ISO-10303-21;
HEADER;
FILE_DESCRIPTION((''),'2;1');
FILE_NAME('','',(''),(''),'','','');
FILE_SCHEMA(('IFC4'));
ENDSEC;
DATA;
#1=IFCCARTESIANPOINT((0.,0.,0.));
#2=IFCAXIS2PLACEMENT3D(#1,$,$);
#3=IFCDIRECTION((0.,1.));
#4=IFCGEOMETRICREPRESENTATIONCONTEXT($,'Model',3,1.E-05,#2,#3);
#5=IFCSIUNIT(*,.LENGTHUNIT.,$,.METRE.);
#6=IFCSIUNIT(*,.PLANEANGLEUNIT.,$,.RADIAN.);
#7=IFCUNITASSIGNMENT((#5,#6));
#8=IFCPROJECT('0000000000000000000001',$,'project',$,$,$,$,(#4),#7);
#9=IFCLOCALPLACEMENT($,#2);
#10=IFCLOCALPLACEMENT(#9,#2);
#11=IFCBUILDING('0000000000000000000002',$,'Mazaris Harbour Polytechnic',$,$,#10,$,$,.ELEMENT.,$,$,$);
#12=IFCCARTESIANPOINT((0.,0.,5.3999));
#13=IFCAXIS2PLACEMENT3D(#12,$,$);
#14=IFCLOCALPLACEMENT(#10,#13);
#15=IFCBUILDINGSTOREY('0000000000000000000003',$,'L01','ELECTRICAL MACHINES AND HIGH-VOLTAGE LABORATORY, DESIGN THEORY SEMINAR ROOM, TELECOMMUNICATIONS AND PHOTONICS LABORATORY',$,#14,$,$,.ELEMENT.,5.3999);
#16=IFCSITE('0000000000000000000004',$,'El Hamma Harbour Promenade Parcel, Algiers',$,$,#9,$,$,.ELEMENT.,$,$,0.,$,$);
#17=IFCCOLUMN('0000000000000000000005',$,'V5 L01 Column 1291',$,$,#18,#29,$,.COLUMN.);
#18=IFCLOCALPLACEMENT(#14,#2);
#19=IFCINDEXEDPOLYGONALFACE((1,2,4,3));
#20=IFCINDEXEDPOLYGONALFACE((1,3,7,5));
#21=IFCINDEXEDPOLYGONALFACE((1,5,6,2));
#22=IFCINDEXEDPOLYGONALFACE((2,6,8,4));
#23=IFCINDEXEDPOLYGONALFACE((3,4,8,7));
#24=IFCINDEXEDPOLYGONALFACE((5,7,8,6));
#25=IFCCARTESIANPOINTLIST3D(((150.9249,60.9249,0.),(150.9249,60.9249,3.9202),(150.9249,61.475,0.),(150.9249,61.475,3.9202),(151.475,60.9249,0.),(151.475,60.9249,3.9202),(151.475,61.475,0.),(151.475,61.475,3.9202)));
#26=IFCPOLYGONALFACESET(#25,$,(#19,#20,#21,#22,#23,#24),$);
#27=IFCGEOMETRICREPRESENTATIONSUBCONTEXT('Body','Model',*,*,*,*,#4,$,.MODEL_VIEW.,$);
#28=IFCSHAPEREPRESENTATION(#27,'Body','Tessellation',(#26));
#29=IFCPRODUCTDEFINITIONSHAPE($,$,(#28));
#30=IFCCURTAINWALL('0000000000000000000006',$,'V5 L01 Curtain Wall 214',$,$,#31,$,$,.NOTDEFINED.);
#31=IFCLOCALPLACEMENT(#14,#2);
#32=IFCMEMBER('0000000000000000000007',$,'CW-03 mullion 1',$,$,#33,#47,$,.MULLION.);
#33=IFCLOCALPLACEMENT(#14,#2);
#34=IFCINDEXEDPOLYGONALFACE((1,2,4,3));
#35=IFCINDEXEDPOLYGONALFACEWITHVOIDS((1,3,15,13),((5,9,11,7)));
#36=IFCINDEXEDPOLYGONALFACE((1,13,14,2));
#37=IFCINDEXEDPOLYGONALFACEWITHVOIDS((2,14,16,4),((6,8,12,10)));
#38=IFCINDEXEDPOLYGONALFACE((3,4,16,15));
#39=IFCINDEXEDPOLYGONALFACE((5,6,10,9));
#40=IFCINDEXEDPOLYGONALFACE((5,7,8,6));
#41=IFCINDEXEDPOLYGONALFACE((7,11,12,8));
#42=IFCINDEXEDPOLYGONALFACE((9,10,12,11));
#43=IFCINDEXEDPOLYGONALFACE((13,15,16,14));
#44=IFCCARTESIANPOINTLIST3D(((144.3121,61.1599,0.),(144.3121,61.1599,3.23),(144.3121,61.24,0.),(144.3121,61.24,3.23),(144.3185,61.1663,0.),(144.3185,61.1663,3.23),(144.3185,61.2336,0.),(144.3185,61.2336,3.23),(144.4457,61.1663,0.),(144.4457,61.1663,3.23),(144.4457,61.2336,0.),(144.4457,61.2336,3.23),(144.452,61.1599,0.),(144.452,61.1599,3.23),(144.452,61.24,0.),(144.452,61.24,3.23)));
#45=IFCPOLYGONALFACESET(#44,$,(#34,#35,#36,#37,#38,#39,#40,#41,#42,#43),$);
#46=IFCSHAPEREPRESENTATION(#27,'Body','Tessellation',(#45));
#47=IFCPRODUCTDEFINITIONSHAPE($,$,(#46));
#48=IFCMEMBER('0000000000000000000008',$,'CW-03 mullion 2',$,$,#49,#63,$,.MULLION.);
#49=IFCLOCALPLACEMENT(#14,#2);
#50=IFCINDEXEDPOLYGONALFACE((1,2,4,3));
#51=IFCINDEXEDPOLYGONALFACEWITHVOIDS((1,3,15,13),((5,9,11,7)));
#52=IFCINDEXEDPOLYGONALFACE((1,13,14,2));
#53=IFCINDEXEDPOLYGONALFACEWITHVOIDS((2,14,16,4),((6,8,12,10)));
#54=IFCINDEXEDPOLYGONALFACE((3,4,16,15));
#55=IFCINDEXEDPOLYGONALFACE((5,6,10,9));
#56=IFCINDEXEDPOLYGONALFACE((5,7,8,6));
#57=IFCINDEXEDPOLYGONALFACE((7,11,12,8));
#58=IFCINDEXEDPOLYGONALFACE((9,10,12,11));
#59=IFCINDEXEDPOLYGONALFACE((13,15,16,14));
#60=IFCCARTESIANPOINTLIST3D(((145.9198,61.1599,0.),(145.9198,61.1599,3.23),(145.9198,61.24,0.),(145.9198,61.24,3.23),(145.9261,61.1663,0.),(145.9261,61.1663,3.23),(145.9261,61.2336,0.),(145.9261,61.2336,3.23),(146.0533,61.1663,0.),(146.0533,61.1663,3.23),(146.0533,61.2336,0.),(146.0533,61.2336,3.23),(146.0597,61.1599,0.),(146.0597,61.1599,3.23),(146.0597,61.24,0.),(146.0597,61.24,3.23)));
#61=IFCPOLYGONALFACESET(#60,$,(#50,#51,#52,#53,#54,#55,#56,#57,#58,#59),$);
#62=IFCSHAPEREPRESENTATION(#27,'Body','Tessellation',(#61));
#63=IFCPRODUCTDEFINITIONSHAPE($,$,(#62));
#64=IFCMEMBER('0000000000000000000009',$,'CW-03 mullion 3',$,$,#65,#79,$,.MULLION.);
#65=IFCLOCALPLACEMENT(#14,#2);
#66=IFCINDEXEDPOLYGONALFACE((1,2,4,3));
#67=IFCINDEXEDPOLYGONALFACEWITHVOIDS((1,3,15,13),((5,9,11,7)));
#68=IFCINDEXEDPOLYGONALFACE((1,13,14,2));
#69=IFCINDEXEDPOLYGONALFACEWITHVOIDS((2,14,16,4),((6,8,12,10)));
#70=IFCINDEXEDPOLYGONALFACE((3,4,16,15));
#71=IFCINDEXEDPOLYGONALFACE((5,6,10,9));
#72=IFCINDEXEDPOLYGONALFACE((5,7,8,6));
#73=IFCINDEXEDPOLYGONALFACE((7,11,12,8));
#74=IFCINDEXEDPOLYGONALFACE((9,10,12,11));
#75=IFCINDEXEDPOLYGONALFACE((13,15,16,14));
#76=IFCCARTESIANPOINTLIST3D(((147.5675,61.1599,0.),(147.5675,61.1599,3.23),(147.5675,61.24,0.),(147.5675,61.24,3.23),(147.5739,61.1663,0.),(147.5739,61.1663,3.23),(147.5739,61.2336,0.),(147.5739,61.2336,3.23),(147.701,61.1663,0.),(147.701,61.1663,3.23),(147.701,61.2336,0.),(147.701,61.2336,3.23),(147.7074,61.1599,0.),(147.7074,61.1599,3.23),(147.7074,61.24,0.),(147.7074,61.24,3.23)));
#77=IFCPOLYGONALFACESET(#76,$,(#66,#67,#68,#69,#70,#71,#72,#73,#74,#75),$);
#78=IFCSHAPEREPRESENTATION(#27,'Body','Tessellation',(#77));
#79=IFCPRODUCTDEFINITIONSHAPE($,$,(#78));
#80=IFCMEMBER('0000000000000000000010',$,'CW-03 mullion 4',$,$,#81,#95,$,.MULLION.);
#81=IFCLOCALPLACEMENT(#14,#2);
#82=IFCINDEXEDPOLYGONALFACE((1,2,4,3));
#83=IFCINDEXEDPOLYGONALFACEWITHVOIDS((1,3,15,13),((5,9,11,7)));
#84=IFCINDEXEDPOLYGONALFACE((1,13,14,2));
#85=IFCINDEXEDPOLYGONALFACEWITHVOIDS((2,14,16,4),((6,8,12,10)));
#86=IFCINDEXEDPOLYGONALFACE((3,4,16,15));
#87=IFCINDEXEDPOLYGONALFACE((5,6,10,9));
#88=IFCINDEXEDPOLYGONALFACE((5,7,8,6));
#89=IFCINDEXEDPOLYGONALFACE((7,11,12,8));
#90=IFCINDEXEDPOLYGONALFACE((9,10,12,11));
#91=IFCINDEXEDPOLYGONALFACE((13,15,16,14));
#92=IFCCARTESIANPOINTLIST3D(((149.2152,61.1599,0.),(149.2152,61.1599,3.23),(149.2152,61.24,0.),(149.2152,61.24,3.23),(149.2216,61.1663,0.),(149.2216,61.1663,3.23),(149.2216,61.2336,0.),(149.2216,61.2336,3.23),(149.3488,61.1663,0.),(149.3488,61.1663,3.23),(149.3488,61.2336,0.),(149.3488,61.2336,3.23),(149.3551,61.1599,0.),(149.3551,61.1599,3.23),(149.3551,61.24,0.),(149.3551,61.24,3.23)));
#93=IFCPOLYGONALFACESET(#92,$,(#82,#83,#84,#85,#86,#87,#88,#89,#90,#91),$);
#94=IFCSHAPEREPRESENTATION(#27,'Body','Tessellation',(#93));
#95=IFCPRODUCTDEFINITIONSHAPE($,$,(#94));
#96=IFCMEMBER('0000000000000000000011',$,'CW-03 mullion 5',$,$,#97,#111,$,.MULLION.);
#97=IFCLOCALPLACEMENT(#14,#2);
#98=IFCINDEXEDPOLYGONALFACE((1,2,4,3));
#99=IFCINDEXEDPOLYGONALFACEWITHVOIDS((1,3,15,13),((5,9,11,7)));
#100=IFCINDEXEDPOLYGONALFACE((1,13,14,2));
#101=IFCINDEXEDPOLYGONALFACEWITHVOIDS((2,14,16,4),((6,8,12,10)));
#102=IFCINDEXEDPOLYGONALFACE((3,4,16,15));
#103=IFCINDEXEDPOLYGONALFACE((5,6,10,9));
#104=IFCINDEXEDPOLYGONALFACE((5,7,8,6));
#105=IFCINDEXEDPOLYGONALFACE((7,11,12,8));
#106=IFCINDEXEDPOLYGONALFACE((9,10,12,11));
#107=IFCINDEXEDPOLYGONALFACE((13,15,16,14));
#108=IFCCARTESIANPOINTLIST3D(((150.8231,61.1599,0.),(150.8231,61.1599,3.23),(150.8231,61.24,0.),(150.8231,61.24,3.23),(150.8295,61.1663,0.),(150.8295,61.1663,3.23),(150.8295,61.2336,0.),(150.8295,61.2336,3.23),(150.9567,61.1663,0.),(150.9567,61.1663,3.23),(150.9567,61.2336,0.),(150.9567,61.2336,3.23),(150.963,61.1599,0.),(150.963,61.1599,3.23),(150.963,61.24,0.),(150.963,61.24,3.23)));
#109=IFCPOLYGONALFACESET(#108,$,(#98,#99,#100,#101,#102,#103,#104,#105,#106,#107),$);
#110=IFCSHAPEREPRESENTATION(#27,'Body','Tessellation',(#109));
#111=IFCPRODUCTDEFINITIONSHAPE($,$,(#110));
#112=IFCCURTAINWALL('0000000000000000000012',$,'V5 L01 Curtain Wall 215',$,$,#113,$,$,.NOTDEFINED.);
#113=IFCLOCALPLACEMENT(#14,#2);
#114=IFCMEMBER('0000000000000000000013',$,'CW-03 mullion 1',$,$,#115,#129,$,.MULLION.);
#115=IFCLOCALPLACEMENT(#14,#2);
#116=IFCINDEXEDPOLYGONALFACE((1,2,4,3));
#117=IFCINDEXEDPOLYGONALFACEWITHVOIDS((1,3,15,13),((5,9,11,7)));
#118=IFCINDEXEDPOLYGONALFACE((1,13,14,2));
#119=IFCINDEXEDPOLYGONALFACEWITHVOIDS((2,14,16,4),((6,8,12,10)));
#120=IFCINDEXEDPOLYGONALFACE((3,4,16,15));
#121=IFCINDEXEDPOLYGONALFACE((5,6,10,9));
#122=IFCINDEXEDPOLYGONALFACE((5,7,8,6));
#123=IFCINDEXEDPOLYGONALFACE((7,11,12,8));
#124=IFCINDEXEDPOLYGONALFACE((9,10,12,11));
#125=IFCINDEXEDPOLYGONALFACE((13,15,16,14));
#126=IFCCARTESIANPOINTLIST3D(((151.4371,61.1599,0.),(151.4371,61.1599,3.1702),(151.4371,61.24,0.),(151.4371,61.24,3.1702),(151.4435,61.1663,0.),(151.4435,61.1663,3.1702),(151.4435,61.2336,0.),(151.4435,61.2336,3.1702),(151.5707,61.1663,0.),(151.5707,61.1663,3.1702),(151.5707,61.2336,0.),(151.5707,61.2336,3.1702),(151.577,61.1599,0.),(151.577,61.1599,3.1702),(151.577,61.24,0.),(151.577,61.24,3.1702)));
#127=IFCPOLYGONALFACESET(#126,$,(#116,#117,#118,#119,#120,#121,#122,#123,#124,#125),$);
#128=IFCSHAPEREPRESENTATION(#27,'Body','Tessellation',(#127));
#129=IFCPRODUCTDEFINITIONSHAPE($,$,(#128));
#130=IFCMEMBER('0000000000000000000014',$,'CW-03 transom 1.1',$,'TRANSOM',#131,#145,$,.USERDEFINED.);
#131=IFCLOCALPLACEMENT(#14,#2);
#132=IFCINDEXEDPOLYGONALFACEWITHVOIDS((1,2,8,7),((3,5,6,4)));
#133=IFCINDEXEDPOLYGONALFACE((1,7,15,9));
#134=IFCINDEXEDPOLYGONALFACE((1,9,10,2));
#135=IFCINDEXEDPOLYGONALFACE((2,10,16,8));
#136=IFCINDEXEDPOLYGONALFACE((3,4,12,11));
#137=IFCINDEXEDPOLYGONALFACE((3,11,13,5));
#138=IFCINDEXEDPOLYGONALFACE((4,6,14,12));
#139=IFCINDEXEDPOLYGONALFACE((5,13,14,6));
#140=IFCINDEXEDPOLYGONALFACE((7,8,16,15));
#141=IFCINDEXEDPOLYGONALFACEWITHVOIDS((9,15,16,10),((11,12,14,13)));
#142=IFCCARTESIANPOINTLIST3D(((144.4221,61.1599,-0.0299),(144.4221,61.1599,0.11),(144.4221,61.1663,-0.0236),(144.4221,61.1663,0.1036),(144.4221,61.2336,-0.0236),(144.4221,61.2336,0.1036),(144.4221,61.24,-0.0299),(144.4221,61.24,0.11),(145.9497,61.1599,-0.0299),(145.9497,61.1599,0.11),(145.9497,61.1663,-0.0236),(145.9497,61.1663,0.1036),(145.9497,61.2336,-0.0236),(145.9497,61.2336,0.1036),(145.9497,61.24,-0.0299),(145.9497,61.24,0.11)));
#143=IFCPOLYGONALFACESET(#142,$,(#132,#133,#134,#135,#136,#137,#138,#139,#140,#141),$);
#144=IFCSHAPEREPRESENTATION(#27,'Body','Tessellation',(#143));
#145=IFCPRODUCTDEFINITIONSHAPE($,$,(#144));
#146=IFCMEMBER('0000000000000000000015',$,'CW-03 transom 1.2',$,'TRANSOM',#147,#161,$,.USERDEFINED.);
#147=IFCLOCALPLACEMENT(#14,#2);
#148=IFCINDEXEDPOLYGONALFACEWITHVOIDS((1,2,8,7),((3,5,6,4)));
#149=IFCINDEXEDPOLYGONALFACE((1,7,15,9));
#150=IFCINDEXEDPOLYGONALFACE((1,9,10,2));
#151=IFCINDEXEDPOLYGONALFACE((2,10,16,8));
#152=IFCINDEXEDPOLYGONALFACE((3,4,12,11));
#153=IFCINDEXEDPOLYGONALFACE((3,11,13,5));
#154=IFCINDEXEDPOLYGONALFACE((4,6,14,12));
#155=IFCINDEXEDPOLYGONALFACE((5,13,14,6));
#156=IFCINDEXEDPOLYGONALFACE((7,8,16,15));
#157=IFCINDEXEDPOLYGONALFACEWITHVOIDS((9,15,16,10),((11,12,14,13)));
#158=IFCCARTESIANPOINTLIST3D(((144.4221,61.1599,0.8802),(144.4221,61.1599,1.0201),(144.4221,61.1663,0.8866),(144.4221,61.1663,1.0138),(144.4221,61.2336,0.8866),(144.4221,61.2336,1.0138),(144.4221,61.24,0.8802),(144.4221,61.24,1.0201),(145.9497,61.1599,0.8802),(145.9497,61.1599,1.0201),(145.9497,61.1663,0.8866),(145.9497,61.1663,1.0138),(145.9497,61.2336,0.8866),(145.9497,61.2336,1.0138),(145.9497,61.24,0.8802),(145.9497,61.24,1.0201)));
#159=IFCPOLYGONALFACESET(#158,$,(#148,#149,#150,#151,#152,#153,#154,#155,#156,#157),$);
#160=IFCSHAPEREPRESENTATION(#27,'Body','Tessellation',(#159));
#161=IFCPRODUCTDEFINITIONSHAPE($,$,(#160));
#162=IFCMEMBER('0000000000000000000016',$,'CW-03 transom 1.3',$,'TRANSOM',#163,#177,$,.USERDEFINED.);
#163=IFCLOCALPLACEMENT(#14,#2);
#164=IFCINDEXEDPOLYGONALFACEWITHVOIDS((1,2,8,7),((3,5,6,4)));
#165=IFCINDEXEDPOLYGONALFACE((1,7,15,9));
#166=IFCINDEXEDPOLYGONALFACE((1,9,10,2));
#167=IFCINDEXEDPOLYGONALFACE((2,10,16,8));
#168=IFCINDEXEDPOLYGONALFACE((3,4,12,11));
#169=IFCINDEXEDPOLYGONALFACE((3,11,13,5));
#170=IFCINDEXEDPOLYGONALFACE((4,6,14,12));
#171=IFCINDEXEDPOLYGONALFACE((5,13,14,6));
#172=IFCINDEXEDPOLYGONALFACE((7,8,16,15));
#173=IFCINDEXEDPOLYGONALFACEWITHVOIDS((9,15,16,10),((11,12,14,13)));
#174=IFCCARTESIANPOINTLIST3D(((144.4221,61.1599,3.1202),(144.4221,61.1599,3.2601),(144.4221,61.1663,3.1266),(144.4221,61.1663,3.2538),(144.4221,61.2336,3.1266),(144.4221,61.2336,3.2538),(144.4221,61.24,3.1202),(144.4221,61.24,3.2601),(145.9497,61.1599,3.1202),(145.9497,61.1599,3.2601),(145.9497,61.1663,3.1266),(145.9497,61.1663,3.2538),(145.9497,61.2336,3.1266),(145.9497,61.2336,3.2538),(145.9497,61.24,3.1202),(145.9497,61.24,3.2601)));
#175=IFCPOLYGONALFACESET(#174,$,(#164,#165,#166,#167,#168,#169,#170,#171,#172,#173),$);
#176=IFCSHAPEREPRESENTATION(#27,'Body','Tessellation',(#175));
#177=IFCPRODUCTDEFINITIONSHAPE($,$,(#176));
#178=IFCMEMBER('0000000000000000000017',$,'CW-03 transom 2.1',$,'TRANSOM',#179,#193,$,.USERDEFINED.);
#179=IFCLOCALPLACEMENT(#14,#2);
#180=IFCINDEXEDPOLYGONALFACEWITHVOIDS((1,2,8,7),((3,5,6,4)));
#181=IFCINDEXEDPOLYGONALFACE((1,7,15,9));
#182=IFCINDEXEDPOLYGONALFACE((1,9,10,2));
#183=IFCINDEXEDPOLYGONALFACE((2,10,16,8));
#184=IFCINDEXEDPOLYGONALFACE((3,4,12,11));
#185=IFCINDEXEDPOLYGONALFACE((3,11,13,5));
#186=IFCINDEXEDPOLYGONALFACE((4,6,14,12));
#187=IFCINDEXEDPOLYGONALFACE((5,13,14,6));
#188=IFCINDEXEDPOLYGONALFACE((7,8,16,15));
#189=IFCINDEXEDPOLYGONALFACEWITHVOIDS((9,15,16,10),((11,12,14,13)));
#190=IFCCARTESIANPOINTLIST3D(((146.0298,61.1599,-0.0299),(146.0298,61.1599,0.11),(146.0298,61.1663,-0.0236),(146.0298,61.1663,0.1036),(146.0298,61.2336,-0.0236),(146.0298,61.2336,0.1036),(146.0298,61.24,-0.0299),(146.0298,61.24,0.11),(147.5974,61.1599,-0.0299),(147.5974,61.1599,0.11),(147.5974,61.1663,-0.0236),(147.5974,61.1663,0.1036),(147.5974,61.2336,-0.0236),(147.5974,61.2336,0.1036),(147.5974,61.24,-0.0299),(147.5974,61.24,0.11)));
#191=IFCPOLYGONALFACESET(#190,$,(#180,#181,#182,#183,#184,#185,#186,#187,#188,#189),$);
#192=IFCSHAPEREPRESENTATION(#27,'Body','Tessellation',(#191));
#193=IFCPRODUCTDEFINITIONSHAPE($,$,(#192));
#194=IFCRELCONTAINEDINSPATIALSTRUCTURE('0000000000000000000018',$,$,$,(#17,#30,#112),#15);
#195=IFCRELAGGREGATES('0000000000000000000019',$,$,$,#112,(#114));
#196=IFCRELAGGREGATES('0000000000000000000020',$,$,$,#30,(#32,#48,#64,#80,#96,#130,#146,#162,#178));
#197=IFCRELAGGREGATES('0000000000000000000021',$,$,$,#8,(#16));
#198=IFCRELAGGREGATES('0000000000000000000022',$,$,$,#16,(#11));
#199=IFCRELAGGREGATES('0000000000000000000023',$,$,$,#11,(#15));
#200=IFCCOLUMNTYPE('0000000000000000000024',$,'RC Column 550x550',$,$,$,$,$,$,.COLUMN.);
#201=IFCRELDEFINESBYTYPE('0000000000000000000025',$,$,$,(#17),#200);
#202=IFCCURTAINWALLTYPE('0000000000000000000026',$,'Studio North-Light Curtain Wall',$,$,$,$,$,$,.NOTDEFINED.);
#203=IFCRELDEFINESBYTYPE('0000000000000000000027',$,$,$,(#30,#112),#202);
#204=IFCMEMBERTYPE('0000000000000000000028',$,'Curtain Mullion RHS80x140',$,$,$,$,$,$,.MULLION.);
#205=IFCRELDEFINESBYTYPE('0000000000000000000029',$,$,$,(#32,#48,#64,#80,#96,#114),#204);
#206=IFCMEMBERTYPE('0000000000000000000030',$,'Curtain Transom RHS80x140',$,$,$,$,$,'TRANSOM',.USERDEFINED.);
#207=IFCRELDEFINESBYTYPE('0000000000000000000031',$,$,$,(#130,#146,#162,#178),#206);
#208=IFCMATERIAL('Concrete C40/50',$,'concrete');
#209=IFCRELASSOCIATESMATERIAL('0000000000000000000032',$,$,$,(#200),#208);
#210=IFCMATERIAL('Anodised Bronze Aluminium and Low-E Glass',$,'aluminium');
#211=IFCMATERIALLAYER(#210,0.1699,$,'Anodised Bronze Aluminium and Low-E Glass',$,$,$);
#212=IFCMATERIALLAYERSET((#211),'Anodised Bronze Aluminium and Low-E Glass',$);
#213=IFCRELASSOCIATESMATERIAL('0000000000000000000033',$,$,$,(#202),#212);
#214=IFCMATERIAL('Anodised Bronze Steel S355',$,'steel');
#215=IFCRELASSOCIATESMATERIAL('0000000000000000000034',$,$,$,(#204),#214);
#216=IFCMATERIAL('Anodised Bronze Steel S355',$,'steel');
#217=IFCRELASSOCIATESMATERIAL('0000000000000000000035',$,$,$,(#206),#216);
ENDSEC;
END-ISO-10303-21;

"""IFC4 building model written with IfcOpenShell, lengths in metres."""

from ifc_helpers import new_model, si_unit, direction, frame, origin, origin_2d, place, context, subcontext, project, spatial, rectangle, hollow_rectangle, extrude, material, layer, layer_set, material_profile, profile_set, type_object, element, aggregate, save


model = new_model("IFC4")

# Units and contexts
model_context = context("Model", 3, precision=1e-05, world=origin(), true_north=direction((0.0, 1.0)))
body_context = subcontext(model_context, "Body", "Model", "MODEL_VIEW")
ifc_project = project(units=[si_unit("LENGTHUNIT", "METRE"), si_unit("PLANEANGLEUNIT", "RADIAN")], contexts=[model_context])

# Site, building, storey
site_placement = place(None, origin())
site = spatial("IfcSite", under=ifc_project, at=site_placement, Name="El Hamma Harbour Promenade Parcel, Algiers", CompositionType="ELEMENT", RefElevation=0.0)
building_placement = place(site_placement, origin())
building = spatial("IfcBuilding", under=site, at=building_placement, Name="Mazaris Harbour Polytechnic", CompositionType="ELEMENT")
storey_placement = place(building_placement, frame((0.0, 0.0, 5.3999)))
storey = spatial("IfcBuildingStorey", under=building, at=storey_placement, Name="L01", Description="ELECTRICAL MACHINES AND HIGH-VOLTAGE LABORATORY, DESIGN THEORY SEMINAR ROOM, TELECOMMUNICATIONS AND PHOTONICS LABORATORY", CompositionType="ELEMENT", Elevation=5.3999)

# Column
ifc_material_1 = material(Name="Concrete C40/50", Category="concrete")
ifc_material_profile_1 = material_profile(ifc_material_1, rectangle(XDim=0.55, YDim=0.55, at=origin_2d()), Name="RECT550x550")
ifc_profile_set_1 = profile_set([ifc_material_profile_1], Name="Concrete C40/50")
column_type = type_object("IfcColumnType", Name="RC Column 550x550", PredefinedType="COLUMN", material=ifc_profile_set_1)
column_placement = place(storey_placement, frame((151.2, 61.2, 0.0), z_axis=(0.0, 0.0, 1.0), x_axis=(1.0, 0.0, 0.0)))
element("IfcColumn", 1, at=column_placement, inside=storey, type_object=column_type, Name="V5 L01 Column 1291", PredefinedType="COLUMN", context=body_context, shape_type="SweptSolid", body=[
    extrude(rectangle(XDim=0.55, YDim=0.55, at=origin_2d()), origin(), (0.0, 0.0, 1.0), 3.9202),
])

# Curtain wall, members
ifc_material_2 = material(Name="Anodised Bronze Aluminium and Low-E Glass", Category="aluminium")
ifc_layer_1 = layer(ifc_material_2, 0.1699, Name="Anodised Bronze Aluminium and Low-E Glass")
ifc_layer_set_1 = layer_set([ifc_layer_1], Name="Anodised Bronze Aluminium and Low-E Glass")
curtain_wall_type = type_object("IfcCurtainWallType", Name="Studio North-Light Curtain Wall", PredefinedType="NOTDEFINED", material=ifc_layer_set_1)
curtain_wall_1_placement = place(storey_placement, origin())
curtain_wall_1 = element("IfcCurtainWall", 2, at=curtain_wall_1_placement, inside=storey, type_object=curtain_wall_type, Name="V5 L01 Curtain Wall 214", PredefinedType="NOTDEFINED")
ifc_material_3 = material(Name="Anodised Bronze Steel S355", Category="steel")
ifc_material_profile_2 = material_profile(ifc_material_3, hollow_rectangle(XDim=0.0801, YDim=0.1399, WallThickness=0.0063, at=origin_2d()), Name="RHS 80x140x6.3")
ifc_profile_set_2 = profile_set([ifc_material_profile_2], Name="Anodised Bronze Steel S355")
member_type_1 = type_object("IfcMemberType", Name="Curtain Mullion RHS80x140", PredefinedType="MULLION", material=ifc_profile_set_2)
member_1_placement = place(storey_placement, frame((144.3821, 61.2, 0.0), z_axis=(0.0, 0.0, 1.0), x_axis=(0.0, 1.0, 0.0)))
member_1 = element("IfcMember", 3, at=member_1_placement, type_object=member_type_1, Name="CW-03 mullion 1", PredefinedType="MULLION", context=body_context, shape_type="SweptSolid", body=[
    extrude(hollow_rectangle(XDim=0.0801, YDim=0.1399, WallThickness=0.0063, at=origin_2d()), origin(), (0.0, 0.0, 1.0), 3.23),
])
member_2_placement = place(storey_placement, frame((145.9897, 61.2, 0.0), z_axis=(0.0, 0.0, 1.0), x_axis=(0.0, 1.0, 0.0)))
member_2 = element("IfcMember", 4, at=member_2_placement, type_object=member_type_1, Name="CW-03 mullion 2", PredefinedType="MULLION", context=body_context, shape_type="SweptSolid", body=[
    extrude(hollow_rectangle(XDim=0.0801, YDim=0.1399, WallThickness=0.0063, at=origin_2d()), origin(), (0.0, 0.0, 1.0), 3.23),
])
member_3_placement = place(storey_placement, frame((147.6375, 61.2, 0.0), z_axis=(0.0, 0.0, 1.0), x_axis=(0.0, 1.0, 0.0)))
member_3 = element("IfcMember", 5, at=member_3_placement, type_object=member_type_1, Name="CW-03 mullion 3", PredefinedType="MULLION", context=body_context, shape_type="SweptSolid", body=[
    extrude(hollow_rectangle(XDim=0.0801, YDim=0.1399, WallThickness=0.0063, at=origin_2d()), origin(), (0.0, 0.0, 1.0), 3.23),
])
member_4_placement = place(storey_placement, frame((149.2852, 61.2, 0.0), z_axis=(0.0, 0.0, 1.0), x_axis=(0.0, 1.0, 0.0)))
member_4 = element("IfcMember", 6, at=member_4_placement, type_object=member_type_1, Name="CW-03 mullion 4", PredefinedType="MULLION", context=body_context, shape_type="SweptSolid", body=[
    extrude(hollow_rectangle(XDim=0.0801, YDim=0.1399, WallThickness=0.0063, at=origin_2d()), origin(), (0.0, 0.0, 1.0), 3.23),
])
member_5_placement = place(storey_placement, frame((150.8931, 61.2, 0.0), z_axis=(0.0, 0.0, 1.0), x_axis=(0.0, 1.0, 0.0)))
member_5 = element("IfcMember", 7, at=member_5_placement, type_object=member_type_1, Name="CW-03 mullion 5", PredefinedType="MULLION", context=body_context, shape_type="SweptSolid", body=[
    extrude(hollow_rectangle(XDim=0.0801, YDim=0.1399, WallThickness=0.0063, at=origin_2d()), origin(), (0.0, 0.0, 1.0), 3.23),
])

# Curtain wall, member
curtain_wall_2_placement = place(storey_placement, origin())
curtain_wall_2 = element("IfcCurtainWall", 8, at=curtain_wall_2_placement, inside=storey, type_object=curtain_wall_type, Name="V5 L01 Curtain Wall 215", PredefinedType="NOTDEFINED")
member_6_placement = place(storey_placement, frame((151.5071, 61.2, 0.0), z_axis=(0.0, 0.0, 1.0), x_axis=(0.0, 1.0, 0.0)))
member_6 = element("IfcMember", 9, at=member_6_placement, type_object=member_type_1, Name="CW-03 mullion 1", PredefinedType="MULLION", context=body_context, shape_type="SweptSolid", body=[
    extrude(hollow_rectangle(XDim=0.0801, YDim=0.1399, WallThickness=0.0063, at=origin_2d()), origin(), (0.0, 0.0, 1.0), 3.1702),
])

# Members
ifc_material_4 = material(Name="Anodised Bronze Steel S355", Category="steel")
ifc_material_profile_3 = material_profile(ifc_material_4, hollow_rectangle(XDim=0.0801, YDim=0.1399, WallThickness=0.0063, at=origin_2d()), Name="RHS 80x140x6.3")
ifc_profile_set_3 = profile_set([ifc_material_profile_3], Name="Anodised Bronze Steel S355")
member_type_2 = type_object("IfcMemberType", Name="Curtain Transom RHS80x140", ElementType="TRANSOM", PredefinedType="USERDEFINED", material=ifc_profile_set_3)
member_7_placement = place(storey_placement, frame((144.4221, 61.2, 0.04), z_axis=(1.0, 0.0, 0.0), x_axis=(0.0, 1.0, 0.0)))
member_7 = element("IfcMember", 10, at=member_7_placement, type_object=member_type_2, Name="CW-03 transom 1.1", ObjectType="TRANSOM", PredefinedType="USERDEFINED", context=body_context, shape_type="SweptSolid", body=[
    extrude(hollow_rectangle(XDim=0.0801, YDim=0.1399, WallThickness=0.0063, at=origin_2d()), origin(), (0.0, 0.0, 1.0), 1.5276),
])
member_8_placement = place(storey_placement, frame((144.4221, 61.2, 0.9502), z_axis=(1.0, 0.0, 0.0), x_axis=(0.0, 1.0, 0.0)))
member_8 = element("IfcMember", 11, at=member_8_placement, type_object=member_type_2, Name="CW-03 transom 1.2", ObjectType="TRANSOM", PredefinedType="USERDEFINED", context=body_context, shape_type="SweptSolid", body=[
    extrude(hollow_rectangle(XDim=0.0801, YDim=0.1399, WallThickness=0.0063, at=origin_2d()), origin(), (0.0, 0.0, 1.0), 1.5276),
])
member_9_placement = place(storey_placement, frame((144.4221, 61.2, 3.1902), z_axis=(1.0, 0.0, 0.0), x_axis=(0.0, 1.0, 0.0)))
member_9 = element("IfcMember", 12, at=member_9_placement, type_object=member_type_2, Name="CW-03 transom 1.3", ObjectType="TRANSOM", PredefinedType="USERDEFINED", context=body_context, shape_type="SweptSolid", body=[
    extrude(hollow_rectangle(XDim=0.0801, YDim=0.1399, WallThickness=0.0063, at=origin_2d()), origin(), (0.0, 0.0, 1.0), 1.5276),
])
member_10_placement = place(storey_placement, frame((146.0298, 61.2, 0.04), z_axis=(1.0, 0.0, 0.0), x_axis=(0.0, 1.0, 0.0)))
member_10 = element("IfcMember", 13, at=member_10_placement, type_object=member_type_2, Name="CW-03 transom 2.1", ObjectType="TRANSOM", PredefinedType="USERDEFINED", context=body_context, shape_type="SweptSolid", body=[
    extrude(hollow_rectangle(XDim=0.0801, YDim=0.1399, WallThickness=0.0063, at=origin_2d()), origin(), (0.0, 0.0, 1.0), 1.5676),
])
aggregate(curtain_wall_2, [member_6])

aggregate(curtain_wall_1, [member_1, member_2, member_3, member_4, member_5, member_7, member_8, member_9, member_10])

save(model, "model.ifc")
